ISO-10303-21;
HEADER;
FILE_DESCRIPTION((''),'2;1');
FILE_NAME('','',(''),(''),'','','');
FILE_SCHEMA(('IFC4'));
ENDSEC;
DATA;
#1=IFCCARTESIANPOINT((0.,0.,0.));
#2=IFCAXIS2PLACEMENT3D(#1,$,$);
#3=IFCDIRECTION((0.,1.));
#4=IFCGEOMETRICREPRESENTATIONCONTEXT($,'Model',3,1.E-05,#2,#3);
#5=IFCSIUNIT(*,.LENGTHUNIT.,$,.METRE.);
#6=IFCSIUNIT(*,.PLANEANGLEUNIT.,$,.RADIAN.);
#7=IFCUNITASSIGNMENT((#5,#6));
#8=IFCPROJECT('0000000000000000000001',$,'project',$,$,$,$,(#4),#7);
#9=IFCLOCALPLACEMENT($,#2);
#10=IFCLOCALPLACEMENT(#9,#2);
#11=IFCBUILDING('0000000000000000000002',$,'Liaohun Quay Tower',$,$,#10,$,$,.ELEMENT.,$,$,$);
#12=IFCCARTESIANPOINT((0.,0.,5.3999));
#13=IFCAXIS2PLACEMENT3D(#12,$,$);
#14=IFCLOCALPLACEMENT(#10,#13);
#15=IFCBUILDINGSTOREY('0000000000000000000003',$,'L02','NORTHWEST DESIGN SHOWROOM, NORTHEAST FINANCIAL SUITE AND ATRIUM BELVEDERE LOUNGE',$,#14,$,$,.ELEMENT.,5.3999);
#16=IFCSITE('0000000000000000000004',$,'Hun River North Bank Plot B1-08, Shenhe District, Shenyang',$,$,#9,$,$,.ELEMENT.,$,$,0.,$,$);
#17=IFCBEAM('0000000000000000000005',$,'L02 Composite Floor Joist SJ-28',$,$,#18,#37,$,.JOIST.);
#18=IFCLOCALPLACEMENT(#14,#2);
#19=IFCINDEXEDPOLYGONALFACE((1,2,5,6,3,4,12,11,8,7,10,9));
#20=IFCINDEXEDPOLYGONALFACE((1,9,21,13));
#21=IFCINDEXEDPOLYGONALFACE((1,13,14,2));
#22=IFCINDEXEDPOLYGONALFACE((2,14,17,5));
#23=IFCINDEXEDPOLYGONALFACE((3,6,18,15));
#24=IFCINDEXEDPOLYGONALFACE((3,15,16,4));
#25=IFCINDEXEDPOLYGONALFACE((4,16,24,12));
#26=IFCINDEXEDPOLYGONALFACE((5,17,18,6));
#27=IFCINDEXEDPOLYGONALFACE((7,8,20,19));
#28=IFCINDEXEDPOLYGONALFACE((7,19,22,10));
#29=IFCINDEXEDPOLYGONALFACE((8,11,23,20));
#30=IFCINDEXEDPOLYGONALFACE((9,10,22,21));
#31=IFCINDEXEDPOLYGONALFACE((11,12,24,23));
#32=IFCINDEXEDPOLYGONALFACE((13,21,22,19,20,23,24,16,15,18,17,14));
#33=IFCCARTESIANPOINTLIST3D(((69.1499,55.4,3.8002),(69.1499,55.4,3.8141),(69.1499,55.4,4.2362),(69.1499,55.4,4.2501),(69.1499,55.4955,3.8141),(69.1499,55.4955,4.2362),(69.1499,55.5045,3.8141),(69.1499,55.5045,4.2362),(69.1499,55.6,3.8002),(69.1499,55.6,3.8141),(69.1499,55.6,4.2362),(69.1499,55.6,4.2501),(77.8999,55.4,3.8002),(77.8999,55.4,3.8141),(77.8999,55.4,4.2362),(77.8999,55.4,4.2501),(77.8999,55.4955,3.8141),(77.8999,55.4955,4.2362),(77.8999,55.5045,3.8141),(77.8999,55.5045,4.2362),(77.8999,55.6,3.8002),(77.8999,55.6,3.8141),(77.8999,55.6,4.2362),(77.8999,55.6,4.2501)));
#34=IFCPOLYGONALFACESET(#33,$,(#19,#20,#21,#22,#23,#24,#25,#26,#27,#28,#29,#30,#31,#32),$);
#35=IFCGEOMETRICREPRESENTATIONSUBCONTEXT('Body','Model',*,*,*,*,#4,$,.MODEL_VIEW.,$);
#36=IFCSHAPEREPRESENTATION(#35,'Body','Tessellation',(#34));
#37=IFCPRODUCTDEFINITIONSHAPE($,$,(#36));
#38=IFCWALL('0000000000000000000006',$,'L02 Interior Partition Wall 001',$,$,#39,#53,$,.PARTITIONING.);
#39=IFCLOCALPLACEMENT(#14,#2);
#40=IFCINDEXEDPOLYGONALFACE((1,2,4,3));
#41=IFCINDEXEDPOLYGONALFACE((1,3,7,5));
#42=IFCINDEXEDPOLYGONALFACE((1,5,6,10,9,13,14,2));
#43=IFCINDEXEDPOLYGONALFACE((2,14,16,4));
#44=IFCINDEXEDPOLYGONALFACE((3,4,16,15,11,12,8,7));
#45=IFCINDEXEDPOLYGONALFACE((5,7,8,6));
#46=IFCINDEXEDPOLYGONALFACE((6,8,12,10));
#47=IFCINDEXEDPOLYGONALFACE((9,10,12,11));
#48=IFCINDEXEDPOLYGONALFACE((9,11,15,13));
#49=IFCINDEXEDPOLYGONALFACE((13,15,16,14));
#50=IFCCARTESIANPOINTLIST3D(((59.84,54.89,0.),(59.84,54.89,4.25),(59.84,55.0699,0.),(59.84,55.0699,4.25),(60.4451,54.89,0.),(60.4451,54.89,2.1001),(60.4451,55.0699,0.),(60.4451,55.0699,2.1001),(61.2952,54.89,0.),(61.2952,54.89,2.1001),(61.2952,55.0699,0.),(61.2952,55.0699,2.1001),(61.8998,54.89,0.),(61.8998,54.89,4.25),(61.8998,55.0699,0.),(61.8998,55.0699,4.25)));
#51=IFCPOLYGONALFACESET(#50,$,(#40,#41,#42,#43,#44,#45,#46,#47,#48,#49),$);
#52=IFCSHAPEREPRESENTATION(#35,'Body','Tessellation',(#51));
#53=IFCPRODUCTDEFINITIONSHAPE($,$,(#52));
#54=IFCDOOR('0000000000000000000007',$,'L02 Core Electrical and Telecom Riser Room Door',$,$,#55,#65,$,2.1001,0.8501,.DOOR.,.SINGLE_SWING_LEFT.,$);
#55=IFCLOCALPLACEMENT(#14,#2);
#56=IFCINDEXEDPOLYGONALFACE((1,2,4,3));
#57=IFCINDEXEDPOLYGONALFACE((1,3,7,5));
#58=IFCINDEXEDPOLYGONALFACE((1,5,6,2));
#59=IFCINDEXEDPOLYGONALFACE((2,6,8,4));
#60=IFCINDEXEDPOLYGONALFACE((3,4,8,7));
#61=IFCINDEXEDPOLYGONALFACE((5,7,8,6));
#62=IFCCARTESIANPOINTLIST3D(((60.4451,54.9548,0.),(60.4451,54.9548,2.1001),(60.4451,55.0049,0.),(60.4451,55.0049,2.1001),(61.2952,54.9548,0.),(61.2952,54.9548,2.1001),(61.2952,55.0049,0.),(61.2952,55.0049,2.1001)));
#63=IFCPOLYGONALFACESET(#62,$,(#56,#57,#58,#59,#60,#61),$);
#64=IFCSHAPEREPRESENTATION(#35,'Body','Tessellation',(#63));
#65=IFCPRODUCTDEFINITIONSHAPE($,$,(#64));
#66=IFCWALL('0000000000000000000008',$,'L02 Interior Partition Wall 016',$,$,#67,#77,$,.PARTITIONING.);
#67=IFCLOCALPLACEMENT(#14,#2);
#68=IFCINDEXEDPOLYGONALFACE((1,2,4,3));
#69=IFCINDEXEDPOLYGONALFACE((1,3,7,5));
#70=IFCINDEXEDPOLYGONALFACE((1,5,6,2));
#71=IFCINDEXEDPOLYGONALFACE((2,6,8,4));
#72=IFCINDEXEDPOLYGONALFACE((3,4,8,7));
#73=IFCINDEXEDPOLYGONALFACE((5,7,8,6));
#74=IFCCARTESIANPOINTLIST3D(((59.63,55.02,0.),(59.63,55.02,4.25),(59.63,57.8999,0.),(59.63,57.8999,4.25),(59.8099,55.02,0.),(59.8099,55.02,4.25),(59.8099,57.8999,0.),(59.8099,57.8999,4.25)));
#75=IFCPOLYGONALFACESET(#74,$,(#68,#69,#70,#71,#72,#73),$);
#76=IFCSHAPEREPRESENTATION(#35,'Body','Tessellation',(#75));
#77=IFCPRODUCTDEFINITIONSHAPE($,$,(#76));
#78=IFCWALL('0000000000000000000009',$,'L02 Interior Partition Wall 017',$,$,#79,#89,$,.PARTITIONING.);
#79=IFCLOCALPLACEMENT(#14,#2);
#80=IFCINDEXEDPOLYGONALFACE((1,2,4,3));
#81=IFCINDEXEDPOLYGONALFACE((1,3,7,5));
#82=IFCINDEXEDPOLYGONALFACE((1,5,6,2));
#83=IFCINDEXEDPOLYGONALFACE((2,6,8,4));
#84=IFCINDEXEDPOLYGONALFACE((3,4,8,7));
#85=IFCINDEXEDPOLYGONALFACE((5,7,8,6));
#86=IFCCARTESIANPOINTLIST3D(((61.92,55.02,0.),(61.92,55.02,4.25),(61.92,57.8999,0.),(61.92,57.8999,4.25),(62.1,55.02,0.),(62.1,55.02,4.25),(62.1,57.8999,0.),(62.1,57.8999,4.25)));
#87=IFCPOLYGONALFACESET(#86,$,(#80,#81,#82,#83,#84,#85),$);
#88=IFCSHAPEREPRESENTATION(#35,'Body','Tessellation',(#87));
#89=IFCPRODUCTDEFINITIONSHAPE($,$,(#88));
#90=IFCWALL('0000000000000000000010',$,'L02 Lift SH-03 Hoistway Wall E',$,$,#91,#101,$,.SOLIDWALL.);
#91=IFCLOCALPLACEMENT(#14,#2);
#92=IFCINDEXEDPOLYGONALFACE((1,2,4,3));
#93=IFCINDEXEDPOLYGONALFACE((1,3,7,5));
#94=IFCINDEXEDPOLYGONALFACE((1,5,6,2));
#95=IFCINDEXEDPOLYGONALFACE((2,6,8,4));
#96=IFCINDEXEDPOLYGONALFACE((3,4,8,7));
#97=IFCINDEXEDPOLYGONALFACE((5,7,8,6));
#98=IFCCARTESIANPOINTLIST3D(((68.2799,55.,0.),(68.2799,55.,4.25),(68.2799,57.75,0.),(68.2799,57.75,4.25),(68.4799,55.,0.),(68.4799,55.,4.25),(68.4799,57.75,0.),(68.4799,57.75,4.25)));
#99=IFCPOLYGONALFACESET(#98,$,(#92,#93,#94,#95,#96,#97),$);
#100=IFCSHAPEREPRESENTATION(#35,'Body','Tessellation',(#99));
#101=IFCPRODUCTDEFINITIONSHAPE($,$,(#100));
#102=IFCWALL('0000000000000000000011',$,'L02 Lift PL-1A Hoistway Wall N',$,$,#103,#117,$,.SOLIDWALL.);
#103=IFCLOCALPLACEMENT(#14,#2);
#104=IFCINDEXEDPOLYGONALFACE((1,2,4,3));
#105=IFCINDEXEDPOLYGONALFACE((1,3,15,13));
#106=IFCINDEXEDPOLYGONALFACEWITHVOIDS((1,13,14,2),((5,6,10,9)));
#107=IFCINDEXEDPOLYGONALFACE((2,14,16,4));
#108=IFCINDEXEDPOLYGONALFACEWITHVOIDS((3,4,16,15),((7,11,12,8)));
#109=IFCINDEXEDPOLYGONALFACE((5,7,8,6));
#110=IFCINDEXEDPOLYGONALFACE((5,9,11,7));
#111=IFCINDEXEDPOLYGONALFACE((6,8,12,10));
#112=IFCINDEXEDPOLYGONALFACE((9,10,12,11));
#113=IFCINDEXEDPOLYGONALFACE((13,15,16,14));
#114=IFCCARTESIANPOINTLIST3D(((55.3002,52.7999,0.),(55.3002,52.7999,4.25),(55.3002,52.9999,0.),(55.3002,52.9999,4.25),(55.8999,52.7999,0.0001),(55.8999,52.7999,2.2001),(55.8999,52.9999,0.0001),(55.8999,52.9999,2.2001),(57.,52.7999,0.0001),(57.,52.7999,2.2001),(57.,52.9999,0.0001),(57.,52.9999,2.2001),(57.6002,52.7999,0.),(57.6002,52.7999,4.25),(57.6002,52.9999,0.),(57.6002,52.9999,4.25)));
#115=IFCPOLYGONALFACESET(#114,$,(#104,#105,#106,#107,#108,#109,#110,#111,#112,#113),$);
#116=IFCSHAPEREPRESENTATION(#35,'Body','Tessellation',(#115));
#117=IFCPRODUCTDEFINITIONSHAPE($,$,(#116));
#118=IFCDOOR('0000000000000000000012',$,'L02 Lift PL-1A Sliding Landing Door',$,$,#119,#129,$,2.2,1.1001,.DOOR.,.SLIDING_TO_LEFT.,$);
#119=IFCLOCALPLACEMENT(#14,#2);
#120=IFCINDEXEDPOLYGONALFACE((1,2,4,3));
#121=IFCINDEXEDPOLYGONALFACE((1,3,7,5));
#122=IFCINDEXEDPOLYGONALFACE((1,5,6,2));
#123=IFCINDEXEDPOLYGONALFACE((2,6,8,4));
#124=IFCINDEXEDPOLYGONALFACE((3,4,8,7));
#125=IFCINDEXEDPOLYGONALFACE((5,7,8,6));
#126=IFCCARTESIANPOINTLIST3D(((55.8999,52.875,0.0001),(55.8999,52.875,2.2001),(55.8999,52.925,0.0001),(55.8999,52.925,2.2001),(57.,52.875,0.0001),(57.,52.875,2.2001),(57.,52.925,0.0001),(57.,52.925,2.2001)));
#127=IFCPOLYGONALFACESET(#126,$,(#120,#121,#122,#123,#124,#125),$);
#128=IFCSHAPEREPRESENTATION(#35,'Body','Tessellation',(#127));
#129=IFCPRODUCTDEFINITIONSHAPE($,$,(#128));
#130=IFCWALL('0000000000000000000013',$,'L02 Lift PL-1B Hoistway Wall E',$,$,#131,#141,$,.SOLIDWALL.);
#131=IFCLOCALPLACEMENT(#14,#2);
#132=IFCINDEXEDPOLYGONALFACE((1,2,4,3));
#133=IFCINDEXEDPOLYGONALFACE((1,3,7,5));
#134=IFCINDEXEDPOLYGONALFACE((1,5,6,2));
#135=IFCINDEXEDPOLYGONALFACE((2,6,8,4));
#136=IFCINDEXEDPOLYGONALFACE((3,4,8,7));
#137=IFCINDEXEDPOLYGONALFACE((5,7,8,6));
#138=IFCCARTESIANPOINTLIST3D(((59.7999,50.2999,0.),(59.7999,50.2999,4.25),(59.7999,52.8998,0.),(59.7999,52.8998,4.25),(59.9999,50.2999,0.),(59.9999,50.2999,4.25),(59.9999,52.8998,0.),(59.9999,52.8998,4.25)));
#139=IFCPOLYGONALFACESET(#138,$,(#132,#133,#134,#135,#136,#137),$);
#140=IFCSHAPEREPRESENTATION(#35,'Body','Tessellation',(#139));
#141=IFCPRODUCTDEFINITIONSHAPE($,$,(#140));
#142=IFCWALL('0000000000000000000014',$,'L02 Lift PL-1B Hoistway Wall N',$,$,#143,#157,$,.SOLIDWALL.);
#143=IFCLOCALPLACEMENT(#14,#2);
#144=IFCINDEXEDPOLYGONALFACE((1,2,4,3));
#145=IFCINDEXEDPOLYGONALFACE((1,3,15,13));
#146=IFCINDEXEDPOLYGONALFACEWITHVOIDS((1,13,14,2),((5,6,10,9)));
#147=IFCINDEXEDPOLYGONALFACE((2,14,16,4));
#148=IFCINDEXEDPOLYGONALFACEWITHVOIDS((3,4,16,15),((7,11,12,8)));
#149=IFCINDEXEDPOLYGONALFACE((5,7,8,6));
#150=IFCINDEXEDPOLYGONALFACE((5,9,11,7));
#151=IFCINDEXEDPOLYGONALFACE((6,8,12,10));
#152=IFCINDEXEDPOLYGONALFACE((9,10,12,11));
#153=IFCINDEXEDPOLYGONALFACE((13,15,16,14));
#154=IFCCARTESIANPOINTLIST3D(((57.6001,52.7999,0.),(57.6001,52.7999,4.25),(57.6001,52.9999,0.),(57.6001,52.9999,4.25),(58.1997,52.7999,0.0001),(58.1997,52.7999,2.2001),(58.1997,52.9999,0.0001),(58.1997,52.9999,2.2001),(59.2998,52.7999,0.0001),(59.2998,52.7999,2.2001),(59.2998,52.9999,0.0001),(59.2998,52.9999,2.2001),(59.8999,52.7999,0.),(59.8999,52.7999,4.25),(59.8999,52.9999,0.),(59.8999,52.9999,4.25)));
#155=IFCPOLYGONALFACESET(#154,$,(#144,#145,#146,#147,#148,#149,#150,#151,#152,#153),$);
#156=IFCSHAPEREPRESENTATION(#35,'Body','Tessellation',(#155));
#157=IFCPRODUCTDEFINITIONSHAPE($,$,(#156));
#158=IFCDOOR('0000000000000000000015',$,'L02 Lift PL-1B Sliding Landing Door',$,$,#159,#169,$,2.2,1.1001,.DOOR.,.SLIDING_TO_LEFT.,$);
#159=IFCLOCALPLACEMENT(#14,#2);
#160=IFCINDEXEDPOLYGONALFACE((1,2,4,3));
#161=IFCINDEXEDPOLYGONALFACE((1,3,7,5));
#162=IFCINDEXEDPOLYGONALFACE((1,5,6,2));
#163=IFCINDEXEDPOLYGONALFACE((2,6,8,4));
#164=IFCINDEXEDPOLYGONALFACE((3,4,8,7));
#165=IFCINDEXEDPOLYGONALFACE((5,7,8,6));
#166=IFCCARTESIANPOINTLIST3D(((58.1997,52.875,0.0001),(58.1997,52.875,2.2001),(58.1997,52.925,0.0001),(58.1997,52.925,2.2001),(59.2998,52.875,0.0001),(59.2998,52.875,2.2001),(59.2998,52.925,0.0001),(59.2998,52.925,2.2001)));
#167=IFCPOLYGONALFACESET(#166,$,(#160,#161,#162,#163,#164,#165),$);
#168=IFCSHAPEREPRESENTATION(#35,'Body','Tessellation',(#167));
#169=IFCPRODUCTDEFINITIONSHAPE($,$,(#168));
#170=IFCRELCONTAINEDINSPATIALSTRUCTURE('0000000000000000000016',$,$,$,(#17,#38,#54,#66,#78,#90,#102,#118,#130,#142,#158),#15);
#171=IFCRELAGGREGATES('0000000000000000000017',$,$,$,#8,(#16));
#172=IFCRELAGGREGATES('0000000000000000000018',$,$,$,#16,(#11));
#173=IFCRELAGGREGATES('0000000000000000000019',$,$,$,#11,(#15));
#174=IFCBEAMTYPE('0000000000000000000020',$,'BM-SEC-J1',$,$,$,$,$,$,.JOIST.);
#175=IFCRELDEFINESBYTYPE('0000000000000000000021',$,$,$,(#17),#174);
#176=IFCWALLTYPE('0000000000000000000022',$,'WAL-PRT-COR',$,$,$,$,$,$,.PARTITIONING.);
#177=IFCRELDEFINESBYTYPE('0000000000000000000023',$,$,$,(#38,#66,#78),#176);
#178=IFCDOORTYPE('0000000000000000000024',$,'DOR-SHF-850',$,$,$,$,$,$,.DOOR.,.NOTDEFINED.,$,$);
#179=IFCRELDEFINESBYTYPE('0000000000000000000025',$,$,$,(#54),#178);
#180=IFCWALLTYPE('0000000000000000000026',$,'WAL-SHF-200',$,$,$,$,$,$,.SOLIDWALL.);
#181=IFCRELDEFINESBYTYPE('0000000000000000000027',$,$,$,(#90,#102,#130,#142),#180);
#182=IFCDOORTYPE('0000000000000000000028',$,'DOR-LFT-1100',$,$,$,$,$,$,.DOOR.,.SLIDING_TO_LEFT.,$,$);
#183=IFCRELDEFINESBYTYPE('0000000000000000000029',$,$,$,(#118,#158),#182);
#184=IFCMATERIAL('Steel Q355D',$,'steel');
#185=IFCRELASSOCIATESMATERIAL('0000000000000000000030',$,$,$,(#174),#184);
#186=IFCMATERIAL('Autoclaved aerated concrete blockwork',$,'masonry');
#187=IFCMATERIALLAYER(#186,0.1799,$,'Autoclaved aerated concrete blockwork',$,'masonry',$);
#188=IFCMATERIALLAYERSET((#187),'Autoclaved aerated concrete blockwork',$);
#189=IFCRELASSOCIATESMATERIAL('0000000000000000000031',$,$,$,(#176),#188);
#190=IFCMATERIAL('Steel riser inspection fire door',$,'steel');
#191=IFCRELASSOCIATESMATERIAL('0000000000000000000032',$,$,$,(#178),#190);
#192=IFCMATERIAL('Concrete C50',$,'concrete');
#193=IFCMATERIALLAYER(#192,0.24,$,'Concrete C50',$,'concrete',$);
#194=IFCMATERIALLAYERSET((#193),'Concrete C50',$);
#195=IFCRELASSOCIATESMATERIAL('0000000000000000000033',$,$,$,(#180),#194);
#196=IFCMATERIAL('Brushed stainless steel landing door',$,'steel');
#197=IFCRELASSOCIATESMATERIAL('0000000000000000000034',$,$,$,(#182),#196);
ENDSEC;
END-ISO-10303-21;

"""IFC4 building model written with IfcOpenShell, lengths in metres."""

from ifc_helpers import new_model, si_unit, direction, frame, frame_2d, origin, origin_2d, place, context, subcontext, project, spatial, rectangle, i_section, extrude, source, transform, mapped, material, layer, layer_set, material_profile, profile_set, type_object, element, fill, save


model = new_model("IFC4")

# Units and contexts
model_context = context("Model", 3, precision=1e-05, world=origin(), true_north=direction((0.0, 1.0)))
body_context = subcontext(model_context, "Body", "Model", "MODEL_VIEW")
ifc_project = project(units=[si_unit("LENGTHUNIT", "METRE"), si_unit("PLANEANGLEUNIT", "RADIAN")], contexts=[model_context])

# Site, building, storey
site_placement = place(None, origin())
site = spatial("IfcSite", under=ifc_project, at=site_placement, Name="Hun River North Bank Plot B1-08, Shenhe District, Shenyang", CompositionType="ELEMENT", RefElevation=0.0)
building_placement = place(site_placement, origin())
building = spatial("IfcBuilding", under=site, at=building_placement, Name="Liaohun Quay Tower", CompositionType="ELEMENT")
storey_placement = place(building_placement, frame((0.0, 0.0, 5.3999)))
storey = spatial("IfcBuildingStorey", under=building, at=storey_placement, Name="L02", Description="NORTHWEST DESIGN SHOWROOM, NORTHEAST FINANCIAL SUITE AND ATRIUM BELVEDERE LOUNGE", CompositionType="ELEMENT", Elevation=5.3999)

# Beam
ifc_material_1 = material(Name="Steel Q355D", Category="steel")
ifc_material_profile = material_profile(ifc_material_1, i_section(OverallWidth=0.2, OverallDepth=0.45, WebThickness=0.009, FlangeThickness=0.0139, at=origin_2d()), Name="HN450x200x9x14")
ifc_profile_set = profile_set([ifc_material_profile], Name="Steel Q355D")
beam_type = type_object("IfcBeamType", Name="BM-SEC-J1", PredefinedType="JOIST", material=ifc_profile_set)
shared_shape_1 = source(origin(), body_context, "Body", "SweptSolid", [
    extrude(i_section(OverallWidth=0.2, OverallDepth=0.45, WebThickness=0.009, FlangeThickness=0.0139, at=origin_2d()), origin(), (0.0, 0.0, 1.0), 8.75),
])
beam_placement = place(storey_placement, frame((69.1499, 55.5, 4.0251), z_axis=(1.0, 0.0, 0.0), x_axis=(0.0, 1.0, 0.0)))
element("IfcBeam", 1, at=beam_placement, inside=storey, type_object=beam_type, Name="L02 Composite Floor Joist SJ-28", PredefinedType="JOIST", context=body_context, shape_type="MappedRepresentation", body=[
    mapped(shared_shape_1, transform((0.0, 0.0, 0.0), x_axis=(1.0, 0.0, 0.0), y_axis=(0.0, 1.0, 0.0), z_axis=(0.0, 0.0, 1.0), scale=1.0)),
])

# Wall, opening, door
ifc_material_2 = material(Name="Autoclaved aerated concrete blockwork", Category="masonry")
ifc_layer_1 = layer(ifc_material_2, 0.1799, Name="Autoclaved aerated concrete blockwork", Category="masonry")
ifc_layer_set_1 = layer_set([ifc_layer_1], Name="Autoclaved aerated concrete blockwork")
wall_type_1 = type_object("IfcWallType", Name="WAL-PRT-COR", PredefinedType="PARTITIONING", material=ifc_layer_set_1)
wall_1_placement = place(storey_placement, frame((59.8401, 54.98, 0.0), z_axis=(0.0, 0.0, 1.0), x_axis=(1.0, 0.0, 0.0)))
wall_1 = element("IfcWall", 2, at=wall_1_placement, inside=storey, type_object=wall_type_1, Name="L02 Interior Partition Wall 001", PredefinedType="PARTITIONING", context=body_context, shape_type="SweptSolid", body=[
    extrude(rectangle(XDim=2.0598, YDim=0.1799, at=frame_2d((1.0298, 0.0))), origin(), (0.0, 0.0, 1.0), 4.25),
])
shared_shape_2 = source(origin(), body_context, "Body", "SweptSolid", [
    extrude(rectangle(XDim=0.8501, YDim=2.1001, at=frame_2d((0.425, 1.05))), frame((0.0, 0.0999, 0.0), z_axis=(0.0, -1.0, 0.0), x_axis=(1.0, 0.0, 0.0)), (0.0, 0.0, 1.0), 0.2),
])
opening_1_placement = place(wall_1_placement, frame((0.605, 0.0, 0.0)))
opening_1 = element("IfcOpeningElement", 3, at=opening_1_placement, cuts=wall_1, PredefinedType="OPENING", context=body_context, shape_type="MappedRepresentation", body=[
    mapped(shared_shape_2, transform((0.0, 0.0, 0.0), x_axis=(1.0, 0.0, 0.0), y_axis=(0.0, 1.0, 0.0), z_axis=(0.0, 0.0, 1.0), scale=1.0)),
])
ifc_material_3 = material(Name="Steel riser inspection fire door", Category="steel")
door_type_1 = type_object("IfcDoorType", Name="DOR-SHF-850", OperationType="NOTDEFINED", PredefinedType="DOOR", material=ifc_material_3)
shared_shape_3 = source(origin(), body_context, "Body", "SweptSolid", [
    extrude(rectangle(XDim=0.8501, YDim=2.1001, at=frame_2d((0.425, 1.05))), frame((0.0, 0.0249, 0.0), z_axis=(0.0, -1.0, 0.0), x_axis=(1.0, 0.0, 0.0)), (0.0, 0.0, 1.0), 0.05),
])
door_1_placement = place(opening_1_placement, origin())
door_1 = element("IfcDoor", 4, at=door_1_placement, inside=storey, type_object=door_type_1, Name="L02 Core Electrical and Telecom Riser Room Door", OperationType="SINGLE_SWING_LEFT", OverallHeight=2.1001, OverallWidth=0.8501, PredefinedType="DOOR", context=body_context, shape_type="MappedRepresentation", body=[
    mapped(shared_shape_3, transform((0.0, 0.0, 0.0), x_axis=(1.0, 0.0, 0.0), y_axis=(0.0, 1.0, 0.0), z_axis=(0.0, 0.0, 1.0), scale=1.0)),
])
fill(opening_1, door_1)

# Walls
for number, where, z_axis, x_axis, name in (
    (5, (59.72, 55.02, 0.0), (0.0, 0.0, 1.0), (0.0, 1.0, 0.0), "L02 Interior Partition Wall 016"),
    (6, (62.01, 55.02, 0.0), (0.0, 0.0, 1.0), (0.0, 1.0, 0.0), "L02 Interior Partition Wall 017"),
):
    element("IfcWall", number, at=place(storey_placement, frame(where, z_axis=z_axis, x_axis=x_axis)), inside=storey, type_object=wall_type_1, Name=name, PredefinedType="PARTITIONING", context=body_context, shape_type="SweptSolid", body=[
        extrude(rectangle(XDim=2.8799, YDim=0.1799, at=frame_2d((1.4399, 0.0))), origin(), (0.0, 0.0, 1.0), 4.25),
    ])
ifc_material_4 = material(Name="Concrete C50", Category="concrete")
ifc_layer_2 = layer(ifc_material_4, 0.24, Name="Concrete C50", Category="concrete")
ifc_layer_set_2 = layer_set([ifc_layer_2], Name="Concrete C50")
wall_type_2 = type_object("IfcWallType", Name="WAL-SHF-200", PredefinedType="SOLIDWALL", material=ifc_layer_set_2)
wall_2_placement = place(storey_placement, frame((68.3799, 55.0, 0.0), z_axis=(0.0, 0.0, 1.0), x_axis=(0.0, 1.0, 0.0)))
element("IfcWall", 7, at=wall_2_placement, inside=storey, type_object=wall_type_2, Name="L02 Lift SH-03 Hoistway Wall E", PredefinedType="SOLIDWALL", context=body_context, shape_type="SweptSolid", body=[
    extrude(rectangle(XDim=2.75, YDim=0.2, at=frame_2d((1.375, 0.0))), origin(), (0.0, 0.0, 1.0), 4.25),
])

# Wall, opening, door
wall_3_placement = place(storey_placement, frame((57.6001, 52.8999, 0.0), z_axis=(0.0, 0.0, 1.0), x_axis=(-1.0, 0.0, 0.0)))
wall_3 = element("IfcWall", 8, at=wall_3_placement, inside=storey, type_object=wall_type_2, Name="L02 Lift PL-1A Hoistway Wall N", PredefinedType="SOLIDWALL", context=body_context, shape_type="SweptSolid", body=[
    extrude(rectangle(XDim=2.3, YDim=0.2, at=frame_2d((1.1499, 0.0))), origin(), (0.0, 0.0, 1.0), 4.25),
])
shared_shape_4 = source(origin(), body_context, "Body", "SweptSolid", [
    extrude(rectangle(XDim=1.1001, YDim=2.2, at=frame_2d((0.55, 1.1001))), frame((0.0, 0.1099, 0.0), z_axis=(0.0, -1.0, 0.0), x_axis=(1.0, 0.0, 0.0)), (0.0, 0.0, 1.0), 0.22),
])
opening_2_placement = place(wall_3_placement, frame((0.6001, 0.0, 0.0)))
opening_2 = element("IfcOpeningElement", 9, at=opening_2_placement, cuts=wall_3, PredefinedType="OPENING", context=body_context, shape_type="MappedRepresentation", body=[
    mapped(shared_shape_4, transform((0.0, 0.0, 0.0), x_axis=(1.0, 0.0, 0.0), y_axis=(0.0, 1.0, 0.0), z_axis=(0.0, 0.0, 1.0), scale=1.0)),
])
ifc_material_5 = material(Name="Brushed stainless steel landing door", Category="steel")
door_type_2 = type_object("IfcDoorType", Name="DOR-LFT-1100", OperationType="SLIDING_TO_LEFT", PredefinedType="DOOR", material=ifc_material_5)
shared_shape_5 = source(origin(), body_context, "Body", "SweptSolid", [
    extrude(rectangle(XDim=1.1001, YDim=2.2, at=frame_2d((0.55, 1.1001))), frame((0.0, 0.0249, 0.0), z_axis=(0.0, -1.0, 0.0), x_axis=(1.0, 0.0, 0.0)), (0.0, 0.0, 1.0), 0.05),
])
door_2_placement = place(opening_2_placement, origin())
door_2 = element("IfcDoor", 10, at=door_2_placement, inside=storey, type_object=door_type_2, Name="L02 Lift PL-1A Sliding Landing Door", OperationType="SLIDING_TO_LEFT", OverallHeight=2.2, OverallWidth=1.1001, PredefinedType="DOOR", context=body_context, shape_type="MappedRepresentation", body=[
    mapped(shared_shape_5, transform((0.0, 0.0, 0.0), x_axis=(1.0, 0.0, 0.0), y_axis=(0.0, 1.0, 0.0), z_axis=(0.0, 0.0, 1.0), scale=1.0)),
])
fill(opening_2, door_2)

# Wall
wall_4_placement = place(storey_placement, frame((59.8999, 50.3, 0.0), z_axis=(0.0, 0.0, 1.0), x_axis=(0.0, 1.0, 0.0)))
element("IfcWall", 11, at=wall_4_placement, inside=storey, type_object=wall_type_2, Name="L02 Lift PL-1B Hoistway Wall E", PredefinedType="SOLIDWALL", context=body_context, shape_type="SweptSolid", body=[
    extrude(rectangle(XDim=2.5999, YDim=0.2, at=frame_2d((1.2998, 0.0))), origin(), (0.0, 0.0, 1.0), 4.25),
])

# Wall, opening, door
wall_5_placement = place(storey_placement, frame((59.8999, 52.8999, 0.0), z_axis=(0.0, 0.0, 1.0), x_axis=(-1.0, 0.0, 0.0)))
wall_5 = element("IfcWall", 12, at=wall_5_placement, inside=storey, type_object=wall_type_2, Name="L02 Lift PL-1B Hoistway Wall N", PredefinedType="SOLIDWALL", context=body_context, shape_type="SweptSolid", body=[
    extrude(rectangle(XDim=2.2998, YDim=0.2, at=frame_2d((1.1499, 0.0))), origin(), (0.0, 0.0, 1.0), 4.25),
])
opening_3_placement = place(wall_5_placement, frame((0.6001, 0.0, 0.0)))
opening_3 = element("IfcOpeningElement", 13, at=opening_3_placement, cuts=wall_5, PredefinedType="OPENING", context=body_context, shape_type="MappedRepresentation", body=[
    mapped(shared_shape_4, transform((0.0, 0.0, 0.0), x_axis=(1.0, 0.0, 0.0), y_axis=(0.0, 1.0, 0.0), z_axis=(0.0, 0.0, 1.0), scale=1.0)),
])
door_3_placement = place(opening_3_placement, origin())
door_3 = element("IfcDoor", 14, at=door_3_placement, inside=storey, type_object=door_type_2, Name="L02 Lift PL-1B Sliding Landing Door", OperationType="SLIDING_TO_LEFT", OverallHeight=2.2, OverallWidth=1.1001, PredefinedType="DOOR", context=body_context, shape_type="MappedRepresentation", body=[
    mapped(shared_shape_5, transform((0.0, 0.0, 0.0), x_axis=(1.0, 0.0, 0.0), y_axis=(0.0, 1.0, 0.0), z_axis=(0.0, 0.0, 1.0), scale=1.0)),
])
fill(opening_3, door_3)

save(model, "model.ifc")
